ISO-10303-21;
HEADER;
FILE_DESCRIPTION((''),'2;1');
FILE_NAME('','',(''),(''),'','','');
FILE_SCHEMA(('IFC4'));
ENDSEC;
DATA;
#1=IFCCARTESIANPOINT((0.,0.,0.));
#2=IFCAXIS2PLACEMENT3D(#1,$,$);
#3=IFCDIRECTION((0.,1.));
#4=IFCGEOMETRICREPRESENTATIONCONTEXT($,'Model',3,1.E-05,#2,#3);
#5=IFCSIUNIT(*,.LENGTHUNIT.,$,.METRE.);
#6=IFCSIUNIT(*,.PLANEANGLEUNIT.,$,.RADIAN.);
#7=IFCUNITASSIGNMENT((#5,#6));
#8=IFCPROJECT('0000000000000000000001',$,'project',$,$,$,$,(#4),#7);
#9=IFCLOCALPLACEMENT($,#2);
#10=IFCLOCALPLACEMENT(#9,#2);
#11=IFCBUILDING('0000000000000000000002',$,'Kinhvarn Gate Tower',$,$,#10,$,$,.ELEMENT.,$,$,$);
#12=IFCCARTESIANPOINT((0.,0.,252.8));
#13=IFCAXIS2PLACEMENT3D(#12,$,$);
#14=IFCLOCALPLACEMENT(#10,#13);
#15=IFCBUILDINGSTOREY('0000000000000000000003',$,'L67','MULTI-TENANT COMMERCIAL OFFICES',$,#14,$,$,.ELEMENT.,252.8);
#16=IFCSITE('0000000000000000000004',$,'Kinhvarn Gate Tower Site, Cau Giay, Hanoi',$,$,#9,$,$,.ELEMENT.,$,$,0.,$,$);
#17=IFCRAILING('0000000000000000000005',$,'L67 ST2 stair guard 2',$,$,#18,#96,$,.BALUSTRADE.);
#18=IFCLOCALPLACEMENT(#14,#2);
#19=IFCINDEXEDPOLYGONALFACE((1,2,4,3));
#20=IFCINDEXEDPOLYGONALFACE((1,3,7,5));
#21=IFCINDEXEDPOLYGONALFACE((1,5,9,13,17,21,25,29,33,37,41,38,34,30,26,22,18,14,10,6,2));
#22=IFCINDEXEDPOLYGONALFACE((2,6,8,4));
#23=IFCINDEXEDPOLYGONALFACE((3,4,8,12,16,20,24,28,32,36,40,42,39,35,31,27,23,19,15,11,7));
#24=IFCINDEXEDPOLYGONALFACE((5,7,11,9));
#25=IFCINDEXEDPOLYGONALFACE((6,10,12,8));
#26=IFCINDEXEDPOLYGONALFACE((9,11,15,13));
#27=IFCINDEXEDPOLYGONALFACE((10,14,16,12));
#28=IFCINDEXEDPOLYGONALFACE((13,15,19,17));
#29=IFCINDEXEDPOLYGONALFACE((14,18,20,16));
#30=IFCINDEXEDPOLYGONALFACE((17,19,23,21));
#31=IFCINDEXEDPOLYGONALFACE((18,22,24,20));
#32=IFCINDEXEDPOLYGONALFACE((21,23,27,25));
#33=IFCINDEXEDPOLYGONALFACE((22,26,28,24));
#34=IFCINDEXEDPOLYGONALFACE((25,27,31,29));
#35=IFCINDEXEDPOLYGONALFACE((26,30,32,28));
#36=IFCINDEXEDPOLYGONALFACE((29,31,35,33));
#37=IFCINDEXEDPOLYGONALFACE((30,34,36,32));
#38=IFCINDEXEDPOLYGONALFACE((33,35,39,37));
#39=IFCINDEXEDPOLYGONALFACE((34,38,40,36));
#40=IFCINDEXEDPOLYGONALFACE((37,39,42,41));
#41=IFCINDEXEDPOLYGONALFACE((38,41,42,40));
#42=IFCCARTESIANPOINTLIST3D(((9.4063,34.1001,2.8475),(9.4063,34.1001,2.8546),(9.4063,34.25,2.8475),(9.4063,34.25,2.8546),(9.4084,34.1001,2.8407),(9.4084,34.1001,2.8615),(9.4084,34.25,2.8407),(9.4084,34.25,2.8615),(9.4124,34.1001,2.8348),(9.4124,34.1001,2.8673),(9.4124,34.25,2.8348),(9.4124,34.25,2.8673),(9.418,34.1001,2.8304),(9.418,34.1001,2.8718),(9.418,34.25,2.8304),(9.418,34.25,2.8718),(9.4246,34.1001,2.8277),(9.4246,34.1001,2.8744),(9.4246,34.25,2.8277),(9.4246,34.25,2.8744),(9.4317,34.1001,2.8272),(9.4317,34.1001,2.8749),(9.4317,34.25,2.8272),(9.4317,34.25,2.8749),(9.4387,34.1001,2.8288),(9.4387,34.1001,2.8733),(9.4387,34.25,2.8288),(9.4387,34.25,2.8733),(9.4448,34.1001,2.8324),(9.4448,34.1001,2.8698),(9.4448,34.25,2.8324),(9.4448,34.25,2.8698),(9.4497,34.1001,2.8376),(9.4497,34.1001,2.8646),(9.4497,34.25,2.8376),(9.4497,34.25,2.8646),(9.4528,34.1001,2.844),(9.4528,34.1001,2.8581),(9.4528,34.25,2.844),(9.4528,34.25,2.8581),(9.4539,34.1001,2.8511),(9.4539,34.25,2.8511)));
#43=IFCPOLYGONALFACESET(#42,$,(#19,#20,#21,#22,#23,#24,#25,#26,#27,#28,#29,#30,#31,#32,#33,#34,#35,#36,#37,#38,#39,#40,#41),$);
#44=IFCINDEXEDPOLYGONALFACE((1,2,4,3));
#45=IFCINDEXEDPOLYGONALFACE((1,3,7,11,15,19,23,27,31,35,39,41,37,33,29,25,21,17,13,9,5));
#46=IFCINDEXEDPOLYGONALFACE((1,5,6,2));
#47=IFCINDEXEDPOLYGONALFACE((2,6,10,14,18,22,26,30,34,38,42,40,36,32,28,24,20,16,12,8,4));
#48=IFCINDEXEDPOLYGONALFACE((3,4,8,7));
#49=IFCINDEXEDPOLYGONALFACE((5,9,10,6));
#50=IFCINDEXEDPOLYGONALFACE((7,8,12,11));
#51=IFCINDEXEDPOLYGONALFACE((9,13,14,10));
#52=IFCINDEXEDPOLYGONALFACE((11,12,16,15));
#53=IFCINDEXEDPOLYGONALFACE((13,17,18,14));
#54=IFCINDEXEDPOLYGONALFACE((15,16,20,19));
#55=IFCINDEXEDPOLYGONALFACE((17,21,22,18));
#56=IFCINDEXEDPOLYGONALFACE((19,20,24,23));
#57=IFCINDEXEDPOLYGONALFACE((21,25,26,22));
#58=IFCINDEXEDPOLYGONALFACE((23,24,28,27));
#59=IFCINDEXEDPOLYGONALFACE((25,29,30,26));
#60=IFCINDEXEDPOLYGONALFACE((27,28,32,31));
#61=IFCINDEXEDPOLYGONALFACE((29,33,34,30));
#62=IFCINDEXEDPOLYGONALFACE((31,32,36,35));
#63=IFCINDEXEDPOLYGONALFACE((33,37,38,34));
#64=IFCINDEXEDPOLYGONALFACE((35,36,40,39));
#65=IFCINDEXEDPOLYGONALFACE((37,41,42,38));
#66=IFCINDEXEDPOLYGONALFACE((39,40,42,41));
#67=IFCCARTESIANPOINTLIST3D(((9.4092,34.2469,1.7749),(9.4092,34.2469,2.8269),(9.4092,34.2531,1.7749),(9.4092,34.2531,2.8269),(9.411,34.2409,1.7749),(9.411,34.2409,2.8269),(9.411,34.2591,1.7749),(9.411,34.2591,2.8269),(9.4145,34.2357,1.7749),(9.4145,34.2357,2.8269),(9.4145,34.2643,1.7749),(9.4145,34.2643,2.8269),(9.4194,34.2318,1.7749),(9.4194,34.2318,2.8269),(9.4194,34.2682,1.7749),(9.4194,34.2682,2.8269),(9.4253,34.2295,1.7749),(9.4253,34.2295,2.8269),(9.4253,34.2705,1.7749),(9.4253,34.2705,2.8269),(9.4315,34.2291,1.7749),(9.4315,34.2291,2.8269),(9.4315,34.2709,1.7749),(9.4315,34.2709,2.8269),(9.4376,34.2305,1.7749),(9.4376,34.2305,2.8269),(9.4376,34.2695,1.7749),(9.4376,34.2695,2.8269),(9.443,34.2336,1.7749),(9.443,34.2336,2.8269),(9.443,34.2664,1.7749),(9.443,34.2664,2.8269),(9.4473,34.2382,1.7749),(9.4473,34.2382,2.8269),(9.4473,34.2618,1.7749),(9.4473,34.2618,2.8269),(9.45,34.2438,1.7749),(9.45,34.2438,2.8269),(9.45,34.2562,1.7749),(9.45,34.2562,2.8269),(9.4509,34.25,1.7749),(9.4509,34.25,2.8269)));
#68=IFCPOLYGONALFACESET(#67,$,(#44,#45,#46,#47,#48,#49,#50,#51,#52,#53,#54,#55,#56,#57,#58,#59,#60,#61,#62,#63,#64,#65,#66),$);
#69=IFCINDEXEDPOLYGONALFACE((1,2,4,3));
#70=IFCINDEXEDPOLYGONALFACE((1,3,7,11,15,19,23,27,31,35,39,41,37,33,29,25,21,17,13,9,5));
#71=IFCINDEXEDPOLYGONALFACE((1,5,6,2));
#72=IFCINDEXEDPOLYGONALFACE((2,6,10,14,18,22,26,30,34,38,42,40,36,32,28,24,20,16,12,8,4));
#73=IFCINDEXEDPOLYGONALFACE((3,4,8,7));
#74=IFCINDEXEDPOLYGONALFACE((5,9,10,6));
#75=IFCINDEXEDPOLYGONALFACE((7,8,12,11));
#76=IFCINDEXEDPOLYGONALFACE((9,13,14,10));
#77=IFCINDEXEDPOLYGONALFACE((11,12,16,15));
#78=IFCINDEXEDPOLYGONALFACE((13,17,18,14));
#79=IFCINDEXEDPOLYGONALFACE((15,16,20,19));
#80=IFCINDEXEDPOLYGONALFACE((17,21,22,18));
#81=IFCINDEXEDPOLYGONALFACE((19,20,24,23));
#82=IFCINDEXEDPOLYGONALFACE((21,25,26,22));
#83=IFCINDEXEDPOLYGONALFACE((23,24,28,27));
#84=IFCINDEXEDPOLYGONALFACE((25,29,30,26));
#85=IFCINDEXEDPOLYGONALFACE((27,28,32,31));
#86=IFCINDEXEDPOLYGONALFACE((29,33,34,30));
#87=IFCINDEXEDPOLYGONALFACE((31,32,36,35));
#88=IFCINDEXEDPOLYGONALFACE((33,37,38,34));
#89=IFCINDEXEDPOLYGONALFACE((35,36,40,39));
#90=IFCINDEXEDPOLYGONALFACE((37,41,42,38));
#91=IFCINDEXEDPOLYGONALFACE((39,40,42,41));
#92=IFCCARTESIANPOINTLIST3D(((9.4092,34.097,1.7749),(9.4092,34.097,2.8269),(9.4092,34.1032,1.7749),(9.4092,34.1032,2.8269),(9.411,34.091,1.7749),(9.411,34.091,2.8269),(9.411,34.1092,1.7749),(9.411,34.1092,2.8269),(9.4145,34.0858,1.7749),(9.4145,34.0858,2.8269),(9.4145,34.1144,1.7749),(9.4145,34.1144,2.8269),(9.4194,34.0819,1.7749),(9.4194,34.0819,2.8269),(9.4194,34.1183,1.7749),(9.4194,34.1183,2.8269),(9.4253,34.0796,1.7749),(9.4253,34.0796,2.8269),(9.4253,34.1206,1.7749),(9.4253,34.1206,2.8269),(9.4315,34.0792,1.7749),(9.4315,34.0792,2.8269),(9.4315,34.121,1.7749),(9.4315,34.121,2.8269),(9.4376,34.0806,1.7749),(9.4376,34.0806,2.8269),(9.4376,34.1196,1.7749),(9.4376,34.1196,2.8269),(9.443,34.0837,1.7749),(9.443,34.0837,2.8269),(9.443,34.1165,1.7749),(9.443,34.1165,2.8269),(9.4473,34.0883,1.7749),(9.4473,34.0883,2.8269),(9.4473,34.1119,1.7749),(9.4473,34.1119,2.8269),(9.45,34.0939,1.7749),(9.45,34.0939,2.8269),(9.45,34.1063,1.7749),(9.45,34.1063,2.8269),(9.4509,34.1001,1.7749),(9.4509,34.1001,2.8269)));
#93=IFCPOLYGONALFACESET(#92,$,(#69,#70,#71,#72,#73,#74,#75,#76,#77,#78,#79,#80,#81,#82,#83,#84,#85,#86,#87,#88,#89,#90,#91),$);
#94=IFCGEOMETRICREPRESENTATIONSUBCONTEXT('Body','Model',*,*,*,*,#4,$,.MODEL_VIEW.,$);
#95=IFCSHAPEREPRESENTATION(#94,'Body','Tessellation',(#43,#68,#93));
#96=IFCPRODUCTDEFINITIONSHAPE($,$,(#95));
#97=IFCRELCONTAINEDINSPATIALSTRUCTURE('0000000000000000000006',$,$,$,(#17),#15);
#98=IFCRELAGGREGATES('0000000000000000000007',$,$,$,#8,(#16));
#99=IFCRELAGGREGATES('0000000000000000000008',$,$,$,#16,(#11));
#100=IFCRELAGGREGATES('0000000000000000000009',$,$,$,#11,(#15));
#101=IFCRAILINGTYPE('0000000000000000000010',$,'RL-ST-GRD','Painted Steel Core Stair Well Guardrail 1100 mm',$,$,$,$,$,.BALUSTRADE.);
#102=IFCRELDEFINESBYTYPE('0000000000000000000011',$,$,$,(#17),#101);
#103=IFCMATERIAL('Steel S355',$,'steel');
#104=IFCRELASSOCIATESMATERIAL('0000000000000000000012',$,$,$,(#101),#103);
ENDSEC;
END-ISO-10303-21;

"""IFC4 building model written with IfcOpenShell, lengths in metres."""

from ifc_helpers import new_model, si_unit, direction, frame, origin, origin_2d, place, context, subcontext, project, spatial, circle, extrude, material, type_object, element, save


model = new_model("IFC4")

# Units and contexts
model_context = context("Model", 3, precision=1e-05, world=origin(), true_north=direction((0.0, 1.0)))
body_context = subcontext(model_context, "Body", "Model", "MODEL_VIEW")
ifc_project = project(units=[si_unit("LENGTHUNIT", "METRE"), si_unit("PLANEANGLEUNIT", "RADIAN")], contexts=[model_context])

# Site, building, storey
site_placement = place(None, origin())
site = spatial("IfcSite", under=ifc_project, at=site_placement, Name="Kinhvarn Gate Tower Site, Cau Giay, Hanoi", CompositionType="ELEMENT", RefElevation=0.0)
building_placement = place(site_placement, origin())
building = spatial("IfcBuilding", under=site, at=building_placement, Name="Kinhvarn Gate Tower", CompositionType="ELEMENT")
storey_placement = place(building_placement, frame((0.0, 0.0, 252.8)))
storey = spatial("IfcBuildingStorey", under=building, at=storey_placement, Name="L67", Description="MULTI-TENANT COMMERCIAL OFFICES", CompositionType="ELEMENT", Elevation=252.8)

# Railing
ifc_material_1 = material(Name="Steel S355", Category="steel")
railing_type_1 = type_object("IfcRailingType", Name="RL-ST-GRD", Description="Painted Steel Core Stair Well Guardrail 1100 mm", PredefinedType="BALUSTRADE", material=ifc_material_1)
railing_1_placement = place(storey_placement, frame((9.4299, 34.25, 1.7749)))
element("IfcRailing", 1, at=railing_1_placement, inside=storey, type_object=railing_type_1, Name="L67 ST2 stair guard 2", PredefinedType="BALUSTRADE", context=body_context, shape_type="SweptSolid", body=[
    extrude(circle(Radius=0.0239, at=origin_2d()), frame((0.0, 0.0, 1.0762), z_axis=(0.0, -1.0, 0.0), x_axis=(1.0, 0.0, 0.0)), (0.0, 0.0, 1.0), 0.1499),
    extrude(circle(Radius=0.021, at=origin_2d()), origin(), (0.0, 0.0, 1.0), 1.052),
    extrude(circle(Radius=0.021, at=origin_2d()), frame((0.0, -0.1499, 0.0)), (0.0, 0.0, 1.0), 1.052),
])

save(model, "model.ifc")
